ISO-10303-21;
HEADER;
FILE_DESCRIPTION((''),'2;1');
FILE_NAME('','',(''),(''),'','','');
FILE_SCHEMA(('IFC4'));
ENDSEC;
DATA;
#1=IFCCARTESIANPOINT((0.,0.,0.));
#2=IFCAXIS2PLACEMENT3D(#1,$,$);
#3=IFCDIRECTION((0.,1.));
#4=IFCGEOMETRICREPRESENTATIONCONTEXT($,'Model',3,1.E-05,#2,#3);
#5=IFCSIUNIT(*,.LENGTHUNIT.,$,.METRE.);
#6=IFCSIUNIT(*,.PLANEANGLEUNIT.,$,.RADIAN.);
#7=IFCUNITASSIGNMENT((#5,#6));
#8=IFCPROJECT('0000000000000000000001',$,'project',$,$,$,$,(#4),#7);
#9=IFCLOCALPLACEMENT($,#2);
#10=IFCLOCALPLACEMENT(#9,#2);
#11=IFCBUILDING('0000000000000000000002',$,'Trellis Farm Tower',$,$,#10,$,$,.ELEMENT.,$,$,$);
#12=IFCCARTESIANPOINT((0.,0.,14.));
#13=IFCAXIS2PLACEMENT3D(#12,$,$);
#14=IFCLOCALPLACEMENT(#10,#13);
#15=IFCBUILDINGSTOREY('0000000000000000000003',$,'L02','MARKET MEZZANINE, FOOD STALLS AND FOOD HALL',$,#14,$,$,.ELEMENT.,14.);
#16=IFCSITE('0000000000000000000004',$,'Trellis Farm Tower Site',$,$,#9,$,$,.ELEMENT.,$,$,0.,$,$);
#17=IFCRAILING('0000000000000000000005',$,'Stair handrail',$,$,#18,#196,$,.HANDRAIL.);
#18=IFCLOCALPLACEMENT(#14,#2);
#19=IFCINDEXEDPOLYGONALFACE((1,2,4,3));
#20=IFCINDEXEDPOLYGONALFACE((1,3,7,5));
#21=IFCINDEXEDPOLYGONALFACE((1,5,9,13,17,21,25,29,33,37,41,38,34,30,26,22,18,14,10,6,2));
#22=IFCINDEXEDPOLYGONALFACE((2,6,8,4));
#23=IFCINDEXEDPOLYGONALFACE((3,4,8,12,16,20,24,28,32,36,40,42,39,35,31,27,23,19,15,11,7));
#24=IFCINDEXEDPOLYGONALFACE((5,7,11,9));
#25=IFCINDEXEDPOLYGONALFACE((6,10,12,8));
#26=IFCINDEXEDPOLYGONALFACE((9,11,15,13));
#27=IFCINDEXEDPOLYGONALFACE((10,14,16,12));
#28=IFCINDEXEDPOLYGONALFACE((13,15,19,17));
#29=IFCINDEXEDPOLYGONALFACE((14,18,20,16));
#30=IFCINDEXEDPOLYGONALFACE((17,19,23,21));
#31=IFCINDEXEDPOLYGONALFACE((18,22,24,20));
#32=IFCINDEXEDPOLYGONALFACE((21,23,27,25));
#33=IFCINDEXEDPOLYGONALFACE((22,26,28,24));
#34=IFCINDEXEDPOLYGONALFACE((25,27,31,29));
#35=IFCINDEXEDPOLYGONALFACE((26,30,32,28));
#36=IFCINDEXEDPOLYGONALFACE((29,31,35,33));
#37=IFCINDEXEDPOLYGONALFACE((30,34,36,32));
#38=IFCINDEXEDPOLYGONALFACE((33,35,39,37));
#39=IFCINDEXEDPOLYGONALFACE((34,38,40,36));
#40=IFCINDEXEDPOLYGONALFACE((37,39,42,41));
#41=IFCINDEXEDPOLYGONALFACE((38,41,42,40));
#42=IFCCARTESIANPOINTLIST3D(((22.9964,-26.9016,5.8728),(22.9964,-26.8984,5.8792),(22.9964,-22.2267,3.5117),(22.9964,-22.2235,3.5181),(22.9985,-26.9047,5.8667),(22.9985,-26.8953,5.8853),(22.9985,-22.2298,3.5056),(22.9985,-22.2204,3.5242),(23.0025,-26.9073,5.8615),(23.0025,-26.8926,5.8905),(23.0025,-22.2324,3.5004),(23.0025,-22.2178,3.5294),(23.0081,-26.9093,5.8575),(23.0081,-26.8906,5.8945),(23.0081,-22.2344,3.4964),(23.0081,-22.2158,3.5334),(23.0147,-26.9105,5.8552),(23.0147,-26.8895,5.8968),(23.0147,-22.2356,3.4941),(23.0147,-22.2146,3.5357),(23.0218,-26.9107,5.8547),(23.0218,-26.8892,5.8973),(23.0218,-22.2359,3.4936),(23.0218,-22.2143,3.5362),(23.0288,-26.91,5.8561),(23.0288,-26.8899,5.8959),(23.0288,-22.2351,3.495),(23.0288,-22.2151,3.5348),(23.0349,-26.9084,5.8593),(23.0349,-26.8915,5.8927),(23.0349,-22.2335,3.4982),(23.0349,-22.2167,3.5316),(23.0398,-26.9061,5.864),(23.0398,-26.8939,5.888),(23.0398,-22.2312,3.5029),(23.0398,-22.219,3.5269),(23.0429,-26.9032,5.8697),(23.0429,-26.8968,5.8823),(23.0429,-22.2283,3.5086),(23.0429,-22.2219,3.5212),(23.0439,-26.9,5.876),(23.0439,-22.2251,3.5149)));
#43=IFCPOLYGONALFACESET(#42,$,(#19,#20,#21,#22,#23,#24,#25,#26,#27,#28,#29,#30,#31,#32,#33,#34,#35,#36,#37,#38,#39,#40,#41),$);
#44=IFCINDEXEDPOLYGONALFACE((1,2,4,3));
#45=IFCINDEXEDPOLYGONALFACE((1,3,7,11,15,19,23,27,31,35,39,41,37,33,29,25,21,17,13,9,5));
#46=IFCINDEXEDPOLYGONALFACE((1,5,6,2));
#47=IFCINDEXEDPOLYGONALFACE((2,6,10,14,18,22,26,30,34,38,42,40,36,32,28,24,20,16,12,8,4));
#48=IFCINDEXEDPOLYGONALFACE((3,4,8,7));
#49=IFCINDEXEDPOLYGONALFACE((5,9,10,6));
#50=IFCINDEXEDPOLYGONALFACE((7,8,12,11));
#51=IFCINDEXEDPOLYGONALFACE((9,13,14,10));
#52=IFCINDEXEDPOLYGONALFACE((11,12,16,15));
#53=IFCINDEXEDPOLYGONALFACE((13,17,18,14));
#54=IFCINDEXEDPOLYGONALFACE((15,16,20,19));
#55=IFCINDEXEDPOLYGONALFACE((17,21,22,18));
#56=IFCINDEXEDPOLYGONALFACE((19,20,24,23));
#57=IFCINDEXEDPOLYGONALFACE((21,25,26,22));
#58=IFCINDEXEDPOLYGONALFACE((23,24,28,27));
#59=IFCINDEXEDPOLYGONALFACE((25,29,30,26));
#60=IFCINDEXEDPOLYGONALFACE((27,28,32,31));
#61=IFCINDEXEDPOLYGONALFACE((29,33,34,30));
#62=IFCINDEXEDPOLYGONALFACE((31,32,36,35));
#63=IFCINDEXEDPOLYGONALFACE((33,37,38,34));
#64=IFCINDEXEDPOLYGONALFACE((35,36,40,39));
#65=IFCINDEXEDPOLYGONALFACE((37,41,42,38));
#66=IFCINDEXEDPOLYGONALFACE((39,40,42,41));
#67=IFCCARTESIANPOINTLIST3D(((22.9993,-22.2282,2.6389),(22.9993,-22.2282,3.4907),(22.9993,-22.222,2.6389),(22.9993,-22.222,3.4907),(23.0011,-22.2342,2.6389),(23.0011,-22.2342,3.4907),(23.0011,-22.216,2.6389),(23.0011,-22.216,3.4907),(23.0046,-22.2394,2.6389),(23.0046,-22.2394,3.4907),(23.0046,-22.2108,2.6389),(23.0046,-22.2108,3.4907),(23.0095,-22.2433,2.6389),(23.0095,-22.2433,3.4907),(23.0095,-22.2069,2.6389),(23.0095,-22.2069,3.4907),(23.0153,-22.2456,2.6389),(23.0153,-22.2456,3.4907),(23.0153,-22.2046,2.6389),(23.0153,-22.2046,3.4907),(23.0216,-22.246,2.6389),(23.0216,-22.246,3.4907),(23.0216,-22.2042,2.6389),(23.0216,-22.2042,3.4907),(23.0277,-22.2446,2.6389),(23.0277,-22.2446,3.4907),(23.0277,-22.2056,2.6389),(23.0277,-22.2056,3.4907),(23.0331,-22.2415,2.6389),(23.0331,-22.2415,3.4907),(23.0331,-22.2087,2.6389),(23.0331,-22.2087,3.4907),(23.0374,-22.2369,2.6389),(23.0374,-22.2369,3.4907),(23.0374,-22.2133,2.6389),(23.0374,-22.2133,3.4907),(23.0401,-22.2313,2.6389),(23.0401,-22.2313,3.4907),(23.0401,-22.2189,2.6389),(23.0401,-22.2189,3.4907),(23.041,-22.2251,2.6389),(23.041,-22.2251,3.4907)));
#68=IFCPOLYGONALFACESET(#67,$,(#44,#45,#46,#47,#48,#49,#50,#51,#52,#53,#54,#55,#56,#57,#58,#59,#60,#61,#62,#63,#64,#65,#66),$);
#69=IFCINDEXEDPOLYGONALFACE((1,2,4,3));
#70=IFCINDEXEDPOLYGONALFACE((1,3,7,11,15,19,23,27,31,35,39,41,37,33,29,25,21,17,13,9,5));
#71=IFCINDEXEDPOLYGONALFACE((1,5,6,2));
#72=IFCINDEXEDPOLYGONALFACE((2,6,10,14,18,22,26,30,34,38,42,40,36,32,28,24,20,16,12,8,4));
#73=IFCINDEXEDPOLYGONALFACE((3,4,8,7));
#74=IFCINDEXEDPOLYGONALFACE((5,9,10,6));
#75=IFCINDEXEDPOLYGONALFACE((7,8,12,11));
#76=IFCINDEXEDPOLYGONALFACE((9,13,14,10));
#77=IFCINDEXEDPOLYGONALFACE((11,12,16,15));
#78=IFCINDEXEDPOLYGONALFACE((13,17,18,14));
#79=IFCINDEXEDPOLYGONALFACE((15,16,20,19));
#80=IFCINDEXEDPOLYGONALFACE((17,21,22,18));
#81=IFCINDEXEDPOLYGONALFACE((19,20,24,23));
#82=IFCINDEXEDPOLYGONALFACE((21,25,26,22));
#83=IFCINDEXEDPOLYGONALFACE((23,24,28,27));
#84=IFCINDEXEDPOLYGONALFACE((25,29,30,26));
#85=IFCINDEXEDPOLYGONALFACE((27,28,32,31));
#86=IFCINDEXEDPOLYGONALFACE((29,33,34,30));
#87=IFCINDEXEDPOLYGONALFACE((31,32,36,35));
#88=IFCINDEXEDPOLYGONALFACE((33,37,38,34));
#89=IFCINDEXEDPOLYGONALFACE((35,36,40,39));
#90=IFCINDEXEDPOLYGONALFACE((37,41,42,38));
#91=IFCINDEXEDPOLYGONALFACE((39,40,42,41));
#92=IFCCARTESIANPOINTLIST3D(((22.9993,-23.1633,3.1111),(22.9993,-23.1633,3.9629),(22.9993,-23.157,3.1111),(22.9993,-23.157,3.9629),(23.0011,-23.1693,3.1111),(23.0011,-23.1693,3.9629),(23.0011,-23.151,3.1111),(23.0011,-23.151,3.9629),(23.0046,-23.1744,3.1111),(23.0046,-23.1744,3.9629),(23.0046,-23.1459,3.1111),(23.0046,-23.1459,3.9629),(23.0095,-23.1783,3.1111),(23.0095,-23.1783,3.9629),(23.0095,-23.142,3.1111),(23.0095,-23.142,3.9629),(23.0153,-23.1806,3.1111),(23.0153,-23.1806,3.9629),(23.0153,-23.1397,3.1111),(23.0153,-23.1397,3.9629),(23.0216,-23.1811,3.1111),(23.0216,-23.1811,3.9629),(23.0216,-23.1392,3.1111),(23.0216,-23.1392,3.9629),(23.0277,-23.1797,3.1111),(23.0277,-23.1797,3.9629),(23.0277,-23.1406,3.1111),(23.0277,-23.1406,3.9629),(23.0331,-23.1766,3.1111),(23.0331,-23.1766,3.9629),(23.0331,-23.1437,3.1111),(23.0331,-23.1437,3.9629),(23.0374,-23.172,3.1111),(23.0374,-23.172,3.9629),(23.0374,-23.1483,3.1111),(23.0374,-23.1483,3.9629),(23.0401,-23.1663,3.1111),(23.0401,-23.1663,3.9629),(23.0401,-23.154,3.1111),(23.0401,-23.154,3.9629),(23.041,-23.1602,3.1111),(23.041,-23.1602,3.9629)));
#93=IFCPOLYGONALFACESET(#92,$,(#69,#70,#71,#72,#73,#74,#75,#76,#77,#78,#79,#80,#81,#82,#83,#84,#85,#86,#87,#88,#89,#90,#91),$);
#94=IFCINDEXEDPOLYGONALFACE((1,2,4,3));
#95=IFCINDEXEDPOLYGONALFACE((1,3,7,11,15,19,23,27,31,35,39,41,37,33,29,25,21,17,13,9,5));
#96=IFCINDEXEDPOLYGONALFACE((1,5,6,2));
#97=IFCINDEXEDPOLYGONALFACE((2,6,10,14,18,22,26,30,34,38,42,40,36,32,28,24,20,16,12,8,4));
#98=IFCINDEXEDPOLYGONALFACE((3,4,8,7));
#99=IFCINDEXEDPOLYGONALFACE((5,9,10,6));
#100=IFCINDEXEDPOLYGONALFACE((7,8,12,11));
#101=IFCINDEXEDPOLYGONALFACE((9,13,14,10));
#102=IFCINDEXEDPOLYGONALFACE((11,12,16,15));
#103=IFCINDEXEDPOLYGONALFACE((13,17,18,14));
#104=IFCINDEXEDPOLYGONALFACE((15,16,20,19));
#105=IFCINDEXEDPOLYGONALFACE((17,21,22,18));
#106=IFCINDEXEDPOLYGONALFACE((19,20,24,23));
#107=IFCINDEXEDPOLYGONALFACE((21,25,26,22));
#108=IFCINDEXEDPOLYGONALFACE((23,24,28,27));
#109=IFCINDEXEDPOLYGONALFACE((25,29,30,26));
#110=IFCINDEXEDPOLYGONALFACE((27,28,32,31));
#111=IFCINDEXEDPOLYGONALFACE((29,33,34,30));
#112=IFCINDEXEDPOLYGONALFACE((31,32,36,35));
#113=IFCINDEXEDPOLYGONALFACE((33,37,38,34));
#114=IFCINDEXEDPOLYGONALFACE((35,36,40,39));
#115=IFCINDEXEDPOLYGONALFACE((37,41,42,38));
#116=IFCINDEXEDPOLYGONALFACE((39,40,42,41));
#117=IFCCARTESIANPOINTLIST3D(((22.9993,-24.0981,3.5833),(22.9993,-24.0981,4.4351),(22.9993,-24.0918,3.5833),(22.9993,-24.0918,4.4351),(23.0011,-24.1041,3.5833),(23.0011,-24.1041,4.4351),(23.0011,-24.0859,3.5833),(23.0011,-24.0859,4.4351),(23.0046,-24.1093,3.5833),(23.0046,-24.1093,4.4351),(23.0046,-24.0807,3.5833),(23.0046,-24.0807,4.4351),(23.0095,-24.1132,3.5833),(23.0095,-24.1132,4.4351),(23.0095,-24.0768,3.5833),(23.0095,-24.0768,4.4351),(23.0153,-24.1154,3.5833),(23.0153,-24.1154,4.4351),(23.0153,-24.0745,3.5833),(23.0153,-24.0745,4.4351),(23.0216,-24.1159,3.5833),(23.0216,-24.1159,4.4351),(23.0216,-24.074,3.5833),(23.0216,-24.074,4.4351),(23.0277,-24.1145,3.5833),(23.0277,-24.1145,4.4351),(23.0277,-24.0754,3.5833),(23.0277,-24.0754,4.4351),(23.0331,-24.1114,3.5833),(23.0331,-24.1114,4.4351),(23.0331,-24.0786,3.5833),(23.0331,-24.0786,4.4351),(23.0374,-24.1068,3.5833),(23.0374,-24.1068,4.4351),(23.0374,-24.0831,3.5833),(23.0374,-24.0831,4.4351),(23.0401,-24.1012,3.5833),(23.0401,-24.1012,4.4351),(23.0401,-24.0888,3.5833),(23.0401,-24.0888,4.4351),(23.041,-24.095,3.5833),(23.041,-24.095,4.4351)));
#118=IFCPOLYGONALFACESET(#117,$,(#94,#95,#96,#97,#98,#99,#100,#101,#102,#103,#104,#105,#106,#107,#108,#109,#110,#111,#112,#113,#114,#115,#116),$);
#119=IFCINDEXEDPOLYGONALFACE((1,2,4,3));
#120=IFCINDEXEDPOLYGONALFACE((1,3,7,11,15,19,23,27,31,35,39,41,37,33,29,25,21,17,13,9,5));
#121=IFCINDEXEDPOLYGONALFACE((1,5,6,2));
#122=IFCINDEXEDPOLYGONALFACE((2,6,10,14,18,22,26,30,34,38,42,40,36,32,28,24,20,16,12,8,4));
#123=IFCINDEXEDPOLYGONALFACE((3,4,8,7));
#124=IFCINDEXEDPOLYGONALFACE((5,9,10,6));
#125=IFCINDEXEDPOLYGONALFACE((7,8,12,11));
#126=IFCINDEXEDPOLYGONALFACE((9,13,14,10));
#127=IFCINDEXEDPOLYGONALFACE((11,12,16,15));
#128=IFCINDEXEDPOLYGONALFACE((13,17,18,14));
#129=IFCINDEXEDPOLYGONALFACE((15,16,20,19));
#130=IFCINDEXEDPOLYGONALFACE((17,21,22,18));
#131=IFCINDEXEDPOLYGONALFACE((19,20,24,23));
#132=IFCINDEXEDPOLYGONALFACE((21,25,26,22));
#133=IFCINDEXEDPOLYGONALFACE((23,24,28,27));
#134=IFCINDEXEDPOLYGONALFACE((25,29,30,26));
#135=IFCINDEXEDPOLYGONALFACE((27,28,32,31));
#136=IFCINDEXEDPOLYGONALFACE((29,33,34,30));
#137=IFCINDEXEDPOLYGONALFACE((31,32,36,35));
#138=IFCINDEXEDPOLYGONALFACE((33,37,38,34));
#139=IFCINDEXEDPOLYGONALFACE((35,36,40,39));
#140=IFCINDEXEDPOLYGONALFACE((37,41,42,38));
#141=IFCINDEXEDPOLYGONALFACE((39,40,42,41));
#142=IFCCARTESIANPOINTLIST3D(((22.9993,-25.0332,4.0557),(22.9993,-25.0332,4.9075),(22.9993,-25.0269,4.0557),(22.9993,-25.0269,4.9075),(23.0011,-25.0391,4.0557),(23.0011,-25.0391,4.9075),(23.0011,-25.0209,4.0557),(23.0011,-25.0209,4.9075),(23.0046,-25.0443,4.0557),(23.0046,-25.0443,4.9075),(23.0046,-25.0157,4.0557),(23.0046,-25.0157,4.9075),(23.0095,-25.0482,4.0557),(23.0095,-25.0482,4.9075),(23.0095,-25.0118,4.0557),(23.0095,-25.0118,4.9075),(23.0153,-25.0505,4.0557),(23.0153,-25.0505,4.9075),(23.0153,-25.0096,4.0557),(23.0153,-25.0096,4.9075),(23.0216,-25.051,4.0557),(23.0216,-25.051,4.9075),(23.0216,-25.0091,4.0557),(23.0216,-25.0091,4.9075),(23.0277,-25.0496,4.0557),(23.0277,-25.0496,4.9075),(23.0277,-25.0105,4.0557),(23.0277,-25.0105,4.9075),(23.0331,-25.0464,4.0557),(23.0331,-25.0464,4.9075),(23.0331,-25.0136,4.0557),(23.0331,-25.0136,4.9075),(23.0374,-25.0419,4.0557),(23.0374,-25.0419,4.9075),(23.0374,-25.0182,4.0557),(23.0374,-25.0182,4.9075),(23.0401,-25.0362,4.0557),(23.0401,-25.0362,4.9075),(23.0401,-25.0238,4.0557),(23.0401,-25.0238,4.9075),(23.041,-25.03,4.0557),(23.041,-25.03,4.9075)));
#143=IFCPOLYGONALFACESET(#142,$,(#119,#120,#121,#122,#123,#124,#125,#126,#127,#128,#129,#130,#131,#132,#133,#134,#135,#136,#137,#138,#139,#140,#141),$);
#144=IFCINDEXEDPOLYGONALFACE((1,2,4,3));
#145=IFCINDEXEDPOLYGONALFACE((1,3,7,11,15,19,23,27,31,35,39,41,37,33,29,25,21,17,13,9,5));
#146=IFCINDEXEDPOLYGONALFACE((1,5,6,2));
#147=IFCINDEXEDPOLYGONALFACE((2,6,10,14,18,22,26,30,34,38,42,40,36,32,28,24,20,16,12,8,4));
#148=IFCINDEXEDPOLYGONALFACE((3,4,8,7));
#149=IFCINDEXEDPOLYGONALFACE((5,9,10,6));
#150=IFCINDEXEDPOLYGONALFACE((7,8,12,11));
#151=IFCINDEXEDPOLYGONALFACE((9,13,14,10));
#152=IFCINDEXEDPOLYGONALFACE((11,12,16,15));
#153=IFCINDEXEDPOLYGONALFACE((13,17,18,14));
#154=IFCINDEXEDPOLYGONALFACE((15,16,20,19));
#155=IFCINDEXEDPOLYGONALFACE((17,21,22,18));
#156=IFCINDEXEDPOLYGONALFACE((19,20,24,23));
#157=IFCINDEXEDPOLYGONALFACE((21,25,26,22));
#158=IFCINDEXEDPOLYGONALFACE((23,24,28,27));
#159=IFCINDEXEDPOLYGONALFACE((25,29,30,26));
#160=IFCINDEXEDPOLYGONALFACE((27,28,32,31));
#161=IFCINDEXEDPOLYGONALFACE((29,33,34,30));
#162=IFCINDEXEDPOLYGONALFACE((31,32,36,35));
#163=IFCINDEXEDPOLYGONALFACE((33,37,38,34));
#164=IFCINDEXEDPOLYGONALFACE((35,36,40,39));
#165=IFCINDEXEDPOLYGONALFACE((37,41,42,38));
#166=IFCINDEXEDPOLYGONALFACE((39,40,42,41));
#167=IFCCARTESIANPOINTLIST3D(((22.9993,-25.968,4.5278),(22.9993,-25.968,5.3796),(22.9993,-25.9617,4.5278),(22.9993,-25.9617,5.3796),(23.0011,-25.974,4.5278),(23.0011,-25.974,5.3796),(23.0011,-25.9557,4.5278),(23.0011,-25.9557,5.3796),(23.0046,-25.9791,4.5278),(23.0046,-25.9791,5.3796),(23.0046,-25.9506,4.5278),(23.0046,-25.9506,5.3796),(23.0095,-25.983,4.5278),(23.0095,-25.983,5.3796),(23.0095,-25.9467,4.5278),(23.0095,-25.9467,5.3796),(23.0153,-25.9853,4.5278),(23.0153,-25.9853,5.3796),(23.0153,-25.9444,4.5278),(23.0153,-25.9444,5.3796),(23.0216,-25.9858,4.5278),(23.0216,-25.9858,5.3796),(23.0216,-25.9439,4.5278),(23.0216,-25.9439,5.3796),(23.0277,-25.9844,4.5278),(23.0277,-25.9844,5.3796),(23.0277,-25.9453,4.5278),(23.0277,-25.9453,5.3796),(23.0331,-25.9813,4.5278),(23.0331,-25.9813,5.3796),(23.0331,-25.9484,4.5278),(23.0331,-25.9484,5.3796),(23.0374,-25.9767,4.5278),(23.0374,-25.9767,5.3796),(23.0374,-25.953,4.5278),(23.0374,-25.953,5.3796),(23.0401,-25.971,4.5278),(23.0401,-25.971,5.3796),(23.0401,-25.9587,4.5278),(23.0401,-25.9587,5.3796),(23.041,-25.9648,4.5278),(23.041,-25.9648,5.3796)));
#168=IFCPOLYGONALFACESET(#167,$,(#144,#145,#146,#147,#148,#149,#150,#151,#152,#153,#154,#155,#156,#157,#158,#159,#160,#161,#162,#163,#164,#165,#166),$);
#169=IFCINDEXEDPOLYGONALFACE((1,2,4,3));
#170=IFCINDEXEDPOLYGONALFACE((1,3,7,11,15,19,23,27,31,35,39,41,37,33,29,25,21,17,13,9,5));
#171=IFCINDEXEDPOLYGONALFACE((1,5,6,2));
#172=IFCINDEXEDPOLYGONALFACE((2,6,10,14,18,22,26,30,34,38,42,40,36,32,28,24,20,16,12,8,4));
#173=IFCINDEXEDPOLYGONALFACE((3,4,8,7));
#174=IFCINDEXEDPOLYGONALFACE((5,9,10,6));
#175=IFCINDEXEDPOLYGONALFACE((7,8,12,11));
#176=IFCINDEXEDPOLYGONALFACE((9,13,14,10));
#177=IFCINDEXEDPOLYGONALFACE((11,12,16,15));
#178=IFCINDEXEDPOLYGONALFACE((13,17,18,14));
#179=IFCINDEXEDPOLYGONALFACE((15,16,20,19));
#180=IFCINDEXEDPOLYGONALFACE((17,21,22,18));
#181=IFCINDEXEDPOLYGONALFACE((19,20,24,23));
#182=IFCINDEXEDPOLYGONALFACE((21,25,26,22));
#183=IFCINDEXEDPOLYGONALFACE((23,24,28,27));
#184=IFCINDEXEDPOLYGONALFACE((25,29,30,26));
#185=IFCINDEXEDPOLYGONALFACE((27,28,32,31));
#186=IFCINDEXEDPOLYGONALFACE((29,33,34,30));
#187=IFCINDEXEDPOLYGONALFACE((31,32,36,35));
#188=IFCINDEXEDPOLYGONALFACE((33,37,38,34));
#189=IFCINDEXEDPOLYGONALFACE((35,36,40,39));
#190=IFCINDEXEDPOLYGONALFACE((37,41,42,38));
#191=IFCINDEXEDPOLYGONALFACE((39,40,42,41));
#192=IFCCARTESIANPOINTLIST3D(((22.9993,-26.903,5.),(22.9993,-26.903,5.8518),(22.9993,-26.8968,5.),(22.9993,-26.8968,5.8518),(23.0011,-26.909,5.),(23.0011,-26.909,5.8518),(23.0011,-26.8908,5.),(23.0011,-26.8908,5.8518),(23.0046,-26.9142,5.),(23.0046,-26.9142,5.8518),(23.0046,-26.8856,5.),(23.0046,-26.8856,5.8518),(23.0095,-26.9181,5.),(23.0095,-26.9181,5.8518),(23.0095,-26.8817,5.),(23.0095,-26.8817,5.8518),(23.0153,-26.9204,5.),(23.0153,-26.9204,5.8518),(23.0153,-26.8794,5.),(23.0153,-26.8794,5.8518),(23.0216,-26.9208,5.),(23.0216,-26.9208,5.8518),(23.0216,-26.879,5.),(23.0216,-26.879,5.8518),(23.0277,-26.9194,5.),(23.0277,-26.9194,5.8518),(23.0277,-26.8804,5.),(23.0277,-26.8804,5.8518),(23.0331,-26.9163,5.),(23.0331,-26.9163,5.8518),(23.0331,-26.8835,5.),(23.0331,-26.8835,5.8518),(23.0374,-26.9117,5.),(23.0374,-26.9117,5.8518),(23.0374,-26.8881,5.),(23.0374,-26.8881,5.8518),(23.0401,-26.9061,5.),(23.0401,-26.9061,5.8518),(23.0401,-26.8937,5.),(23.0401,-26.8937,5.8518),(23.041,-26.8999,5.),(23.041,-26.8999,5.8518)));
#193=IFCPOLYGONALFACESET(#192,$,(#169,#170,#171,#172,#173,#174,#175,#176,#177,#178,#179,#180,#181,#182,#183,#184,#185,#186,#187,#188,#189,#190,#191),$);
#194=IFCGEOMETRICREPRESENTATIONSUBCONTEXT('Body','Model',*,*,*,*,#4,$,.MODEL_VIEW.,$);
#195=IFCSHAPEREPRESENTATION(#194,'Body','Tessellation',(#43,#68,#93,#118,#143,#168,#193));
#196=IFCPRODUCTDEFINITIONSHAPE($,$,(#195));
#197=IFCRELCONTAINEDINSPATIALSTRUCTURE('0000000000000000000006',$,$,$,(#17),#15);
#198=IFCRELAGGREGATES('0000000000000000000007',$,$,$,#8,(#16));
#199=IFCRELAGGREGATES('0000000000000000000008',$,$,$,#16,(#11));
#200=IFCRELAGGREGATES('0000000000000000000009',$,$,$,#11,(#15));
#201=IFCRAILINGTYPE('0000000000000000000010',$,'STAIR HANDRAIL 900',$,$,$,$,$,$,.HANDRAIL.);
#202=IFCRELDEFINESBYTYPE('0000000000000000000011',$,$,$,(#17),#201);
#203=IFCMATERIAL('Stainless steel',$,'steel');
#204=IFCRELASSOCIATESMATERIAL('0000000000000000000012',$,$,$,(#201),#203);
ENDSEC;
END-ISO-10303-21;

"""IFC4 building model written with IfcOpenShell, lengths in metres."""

from ifc_helpers import new_model, si_unit, direction, frame, origin, origin_2d, place, context, subcontext, project, spatial, circle, extrude, source, transform, mapped, material, type_object, element, save


model = new_model("IFC4")

# Units and contexts
model_context = context("Model", 3, precision=1e-05, world=origin(), true_north=direction((0.0, 1.0)))
body_context = subcontext(model_context, "Body", "Model", "MODEL_VIEW")
ifc_project = project(units=[si_unit("LENGTHUNIT", "METRE"), si_unit("PLANEANGLEUNIT", "RADIAN")], contexts=[model_context])

# Site, building, storey
site_placement = place(None, origin())
site = spatial("IfcSite", under=ifc_project, at=site_placement, Name="Trellis Farm Tower Site", CompositionType="ELEMENT", RefElevation=0.0)
building_placement = place(site_placement, origin())
building = spatial("IfcBuilding", under=site, at=building_placement, Name="Trellis Farm Tower", CompositionType="ELEMENT")
storey_placement = place(building_placement, frame((0.0, 0.0, 14.0)))
storey = spatial("IfcBuildingStorey", under=building, at=storey_placement, Name="L02", Description="MARKET MEZZANINE, FOOD STALLS AND FOOD HALL", CompositionType="ELEMENT", Elevation=14.0)

# Railing
ifc_material_1 = material(Name="Stainless steel", Category="steel")
railing_type = type_object("IfcRailingType", Name="STAIR HANDRAIL 900", PredefinedType="HANDRAIL", material=ifc_material_1)
shared_shape_1 = source(origin(), body_context, "Body", "SweptSolid", [
    extrude(circle(Radius=0.0239, at=origin_2d()), frame((0.0, 0.0, 0.876), z_axis=(0.0, -0.892611, 0.450827), x_axis=(1.0, 0.0, 0.0)), (0.0, 0.0, 1.0), 5.2373),
    extrude(circle(Radius=0.021, at=origin_2d()), origin(), (0.0, 0.0, 1.0), 0.8518),
    extrude(circle(Radius=0.021, at=origin_2d()), frame((0.0, -0.9351, 0.4722)), (0.0, 0.0, 1.0), 0.8518),
    extrude(circle(Radius=0.021, at=origin_2d()), frame((0.0, -1.8699, 0.9443)), (0.0, 0.0, 1.0), 0.8518),
    extrude(circle(Radius=0.021, at=origin_2d()), frame((0.0, -2.8049, 1.4167)), (0.0, 0.0, 1.0), 0.8518),
    extrude(circle(Radius=0.021, at=origin_2d()), frame((0.0, -3.7397, 1.8889)), (0.0, 0.0, 1.0), 0.8518),
    extrude(circle(Radius=0.021, at=origin_2d()), frame((0.0, -4.6748, 2.3611)), (0.0, 0.0, 1.0), 0.8518),
])
for number, where, name in (
    (1, (23.02, -22.2251, 2.6389), "Stair handrail"),
):
    element("IfcRailing", number, at=place(storey_placement, frame(where)), inside=storey, type_object=railing_type, Name=name, PredefinedType="HANDRAIL", context=body_context, shape_type="MappedRepresentation", body=[
        mapped(shared_shape_1, transform((0.0, 0.0, 0.0))),
    ])

save(model, "model.ifc")
